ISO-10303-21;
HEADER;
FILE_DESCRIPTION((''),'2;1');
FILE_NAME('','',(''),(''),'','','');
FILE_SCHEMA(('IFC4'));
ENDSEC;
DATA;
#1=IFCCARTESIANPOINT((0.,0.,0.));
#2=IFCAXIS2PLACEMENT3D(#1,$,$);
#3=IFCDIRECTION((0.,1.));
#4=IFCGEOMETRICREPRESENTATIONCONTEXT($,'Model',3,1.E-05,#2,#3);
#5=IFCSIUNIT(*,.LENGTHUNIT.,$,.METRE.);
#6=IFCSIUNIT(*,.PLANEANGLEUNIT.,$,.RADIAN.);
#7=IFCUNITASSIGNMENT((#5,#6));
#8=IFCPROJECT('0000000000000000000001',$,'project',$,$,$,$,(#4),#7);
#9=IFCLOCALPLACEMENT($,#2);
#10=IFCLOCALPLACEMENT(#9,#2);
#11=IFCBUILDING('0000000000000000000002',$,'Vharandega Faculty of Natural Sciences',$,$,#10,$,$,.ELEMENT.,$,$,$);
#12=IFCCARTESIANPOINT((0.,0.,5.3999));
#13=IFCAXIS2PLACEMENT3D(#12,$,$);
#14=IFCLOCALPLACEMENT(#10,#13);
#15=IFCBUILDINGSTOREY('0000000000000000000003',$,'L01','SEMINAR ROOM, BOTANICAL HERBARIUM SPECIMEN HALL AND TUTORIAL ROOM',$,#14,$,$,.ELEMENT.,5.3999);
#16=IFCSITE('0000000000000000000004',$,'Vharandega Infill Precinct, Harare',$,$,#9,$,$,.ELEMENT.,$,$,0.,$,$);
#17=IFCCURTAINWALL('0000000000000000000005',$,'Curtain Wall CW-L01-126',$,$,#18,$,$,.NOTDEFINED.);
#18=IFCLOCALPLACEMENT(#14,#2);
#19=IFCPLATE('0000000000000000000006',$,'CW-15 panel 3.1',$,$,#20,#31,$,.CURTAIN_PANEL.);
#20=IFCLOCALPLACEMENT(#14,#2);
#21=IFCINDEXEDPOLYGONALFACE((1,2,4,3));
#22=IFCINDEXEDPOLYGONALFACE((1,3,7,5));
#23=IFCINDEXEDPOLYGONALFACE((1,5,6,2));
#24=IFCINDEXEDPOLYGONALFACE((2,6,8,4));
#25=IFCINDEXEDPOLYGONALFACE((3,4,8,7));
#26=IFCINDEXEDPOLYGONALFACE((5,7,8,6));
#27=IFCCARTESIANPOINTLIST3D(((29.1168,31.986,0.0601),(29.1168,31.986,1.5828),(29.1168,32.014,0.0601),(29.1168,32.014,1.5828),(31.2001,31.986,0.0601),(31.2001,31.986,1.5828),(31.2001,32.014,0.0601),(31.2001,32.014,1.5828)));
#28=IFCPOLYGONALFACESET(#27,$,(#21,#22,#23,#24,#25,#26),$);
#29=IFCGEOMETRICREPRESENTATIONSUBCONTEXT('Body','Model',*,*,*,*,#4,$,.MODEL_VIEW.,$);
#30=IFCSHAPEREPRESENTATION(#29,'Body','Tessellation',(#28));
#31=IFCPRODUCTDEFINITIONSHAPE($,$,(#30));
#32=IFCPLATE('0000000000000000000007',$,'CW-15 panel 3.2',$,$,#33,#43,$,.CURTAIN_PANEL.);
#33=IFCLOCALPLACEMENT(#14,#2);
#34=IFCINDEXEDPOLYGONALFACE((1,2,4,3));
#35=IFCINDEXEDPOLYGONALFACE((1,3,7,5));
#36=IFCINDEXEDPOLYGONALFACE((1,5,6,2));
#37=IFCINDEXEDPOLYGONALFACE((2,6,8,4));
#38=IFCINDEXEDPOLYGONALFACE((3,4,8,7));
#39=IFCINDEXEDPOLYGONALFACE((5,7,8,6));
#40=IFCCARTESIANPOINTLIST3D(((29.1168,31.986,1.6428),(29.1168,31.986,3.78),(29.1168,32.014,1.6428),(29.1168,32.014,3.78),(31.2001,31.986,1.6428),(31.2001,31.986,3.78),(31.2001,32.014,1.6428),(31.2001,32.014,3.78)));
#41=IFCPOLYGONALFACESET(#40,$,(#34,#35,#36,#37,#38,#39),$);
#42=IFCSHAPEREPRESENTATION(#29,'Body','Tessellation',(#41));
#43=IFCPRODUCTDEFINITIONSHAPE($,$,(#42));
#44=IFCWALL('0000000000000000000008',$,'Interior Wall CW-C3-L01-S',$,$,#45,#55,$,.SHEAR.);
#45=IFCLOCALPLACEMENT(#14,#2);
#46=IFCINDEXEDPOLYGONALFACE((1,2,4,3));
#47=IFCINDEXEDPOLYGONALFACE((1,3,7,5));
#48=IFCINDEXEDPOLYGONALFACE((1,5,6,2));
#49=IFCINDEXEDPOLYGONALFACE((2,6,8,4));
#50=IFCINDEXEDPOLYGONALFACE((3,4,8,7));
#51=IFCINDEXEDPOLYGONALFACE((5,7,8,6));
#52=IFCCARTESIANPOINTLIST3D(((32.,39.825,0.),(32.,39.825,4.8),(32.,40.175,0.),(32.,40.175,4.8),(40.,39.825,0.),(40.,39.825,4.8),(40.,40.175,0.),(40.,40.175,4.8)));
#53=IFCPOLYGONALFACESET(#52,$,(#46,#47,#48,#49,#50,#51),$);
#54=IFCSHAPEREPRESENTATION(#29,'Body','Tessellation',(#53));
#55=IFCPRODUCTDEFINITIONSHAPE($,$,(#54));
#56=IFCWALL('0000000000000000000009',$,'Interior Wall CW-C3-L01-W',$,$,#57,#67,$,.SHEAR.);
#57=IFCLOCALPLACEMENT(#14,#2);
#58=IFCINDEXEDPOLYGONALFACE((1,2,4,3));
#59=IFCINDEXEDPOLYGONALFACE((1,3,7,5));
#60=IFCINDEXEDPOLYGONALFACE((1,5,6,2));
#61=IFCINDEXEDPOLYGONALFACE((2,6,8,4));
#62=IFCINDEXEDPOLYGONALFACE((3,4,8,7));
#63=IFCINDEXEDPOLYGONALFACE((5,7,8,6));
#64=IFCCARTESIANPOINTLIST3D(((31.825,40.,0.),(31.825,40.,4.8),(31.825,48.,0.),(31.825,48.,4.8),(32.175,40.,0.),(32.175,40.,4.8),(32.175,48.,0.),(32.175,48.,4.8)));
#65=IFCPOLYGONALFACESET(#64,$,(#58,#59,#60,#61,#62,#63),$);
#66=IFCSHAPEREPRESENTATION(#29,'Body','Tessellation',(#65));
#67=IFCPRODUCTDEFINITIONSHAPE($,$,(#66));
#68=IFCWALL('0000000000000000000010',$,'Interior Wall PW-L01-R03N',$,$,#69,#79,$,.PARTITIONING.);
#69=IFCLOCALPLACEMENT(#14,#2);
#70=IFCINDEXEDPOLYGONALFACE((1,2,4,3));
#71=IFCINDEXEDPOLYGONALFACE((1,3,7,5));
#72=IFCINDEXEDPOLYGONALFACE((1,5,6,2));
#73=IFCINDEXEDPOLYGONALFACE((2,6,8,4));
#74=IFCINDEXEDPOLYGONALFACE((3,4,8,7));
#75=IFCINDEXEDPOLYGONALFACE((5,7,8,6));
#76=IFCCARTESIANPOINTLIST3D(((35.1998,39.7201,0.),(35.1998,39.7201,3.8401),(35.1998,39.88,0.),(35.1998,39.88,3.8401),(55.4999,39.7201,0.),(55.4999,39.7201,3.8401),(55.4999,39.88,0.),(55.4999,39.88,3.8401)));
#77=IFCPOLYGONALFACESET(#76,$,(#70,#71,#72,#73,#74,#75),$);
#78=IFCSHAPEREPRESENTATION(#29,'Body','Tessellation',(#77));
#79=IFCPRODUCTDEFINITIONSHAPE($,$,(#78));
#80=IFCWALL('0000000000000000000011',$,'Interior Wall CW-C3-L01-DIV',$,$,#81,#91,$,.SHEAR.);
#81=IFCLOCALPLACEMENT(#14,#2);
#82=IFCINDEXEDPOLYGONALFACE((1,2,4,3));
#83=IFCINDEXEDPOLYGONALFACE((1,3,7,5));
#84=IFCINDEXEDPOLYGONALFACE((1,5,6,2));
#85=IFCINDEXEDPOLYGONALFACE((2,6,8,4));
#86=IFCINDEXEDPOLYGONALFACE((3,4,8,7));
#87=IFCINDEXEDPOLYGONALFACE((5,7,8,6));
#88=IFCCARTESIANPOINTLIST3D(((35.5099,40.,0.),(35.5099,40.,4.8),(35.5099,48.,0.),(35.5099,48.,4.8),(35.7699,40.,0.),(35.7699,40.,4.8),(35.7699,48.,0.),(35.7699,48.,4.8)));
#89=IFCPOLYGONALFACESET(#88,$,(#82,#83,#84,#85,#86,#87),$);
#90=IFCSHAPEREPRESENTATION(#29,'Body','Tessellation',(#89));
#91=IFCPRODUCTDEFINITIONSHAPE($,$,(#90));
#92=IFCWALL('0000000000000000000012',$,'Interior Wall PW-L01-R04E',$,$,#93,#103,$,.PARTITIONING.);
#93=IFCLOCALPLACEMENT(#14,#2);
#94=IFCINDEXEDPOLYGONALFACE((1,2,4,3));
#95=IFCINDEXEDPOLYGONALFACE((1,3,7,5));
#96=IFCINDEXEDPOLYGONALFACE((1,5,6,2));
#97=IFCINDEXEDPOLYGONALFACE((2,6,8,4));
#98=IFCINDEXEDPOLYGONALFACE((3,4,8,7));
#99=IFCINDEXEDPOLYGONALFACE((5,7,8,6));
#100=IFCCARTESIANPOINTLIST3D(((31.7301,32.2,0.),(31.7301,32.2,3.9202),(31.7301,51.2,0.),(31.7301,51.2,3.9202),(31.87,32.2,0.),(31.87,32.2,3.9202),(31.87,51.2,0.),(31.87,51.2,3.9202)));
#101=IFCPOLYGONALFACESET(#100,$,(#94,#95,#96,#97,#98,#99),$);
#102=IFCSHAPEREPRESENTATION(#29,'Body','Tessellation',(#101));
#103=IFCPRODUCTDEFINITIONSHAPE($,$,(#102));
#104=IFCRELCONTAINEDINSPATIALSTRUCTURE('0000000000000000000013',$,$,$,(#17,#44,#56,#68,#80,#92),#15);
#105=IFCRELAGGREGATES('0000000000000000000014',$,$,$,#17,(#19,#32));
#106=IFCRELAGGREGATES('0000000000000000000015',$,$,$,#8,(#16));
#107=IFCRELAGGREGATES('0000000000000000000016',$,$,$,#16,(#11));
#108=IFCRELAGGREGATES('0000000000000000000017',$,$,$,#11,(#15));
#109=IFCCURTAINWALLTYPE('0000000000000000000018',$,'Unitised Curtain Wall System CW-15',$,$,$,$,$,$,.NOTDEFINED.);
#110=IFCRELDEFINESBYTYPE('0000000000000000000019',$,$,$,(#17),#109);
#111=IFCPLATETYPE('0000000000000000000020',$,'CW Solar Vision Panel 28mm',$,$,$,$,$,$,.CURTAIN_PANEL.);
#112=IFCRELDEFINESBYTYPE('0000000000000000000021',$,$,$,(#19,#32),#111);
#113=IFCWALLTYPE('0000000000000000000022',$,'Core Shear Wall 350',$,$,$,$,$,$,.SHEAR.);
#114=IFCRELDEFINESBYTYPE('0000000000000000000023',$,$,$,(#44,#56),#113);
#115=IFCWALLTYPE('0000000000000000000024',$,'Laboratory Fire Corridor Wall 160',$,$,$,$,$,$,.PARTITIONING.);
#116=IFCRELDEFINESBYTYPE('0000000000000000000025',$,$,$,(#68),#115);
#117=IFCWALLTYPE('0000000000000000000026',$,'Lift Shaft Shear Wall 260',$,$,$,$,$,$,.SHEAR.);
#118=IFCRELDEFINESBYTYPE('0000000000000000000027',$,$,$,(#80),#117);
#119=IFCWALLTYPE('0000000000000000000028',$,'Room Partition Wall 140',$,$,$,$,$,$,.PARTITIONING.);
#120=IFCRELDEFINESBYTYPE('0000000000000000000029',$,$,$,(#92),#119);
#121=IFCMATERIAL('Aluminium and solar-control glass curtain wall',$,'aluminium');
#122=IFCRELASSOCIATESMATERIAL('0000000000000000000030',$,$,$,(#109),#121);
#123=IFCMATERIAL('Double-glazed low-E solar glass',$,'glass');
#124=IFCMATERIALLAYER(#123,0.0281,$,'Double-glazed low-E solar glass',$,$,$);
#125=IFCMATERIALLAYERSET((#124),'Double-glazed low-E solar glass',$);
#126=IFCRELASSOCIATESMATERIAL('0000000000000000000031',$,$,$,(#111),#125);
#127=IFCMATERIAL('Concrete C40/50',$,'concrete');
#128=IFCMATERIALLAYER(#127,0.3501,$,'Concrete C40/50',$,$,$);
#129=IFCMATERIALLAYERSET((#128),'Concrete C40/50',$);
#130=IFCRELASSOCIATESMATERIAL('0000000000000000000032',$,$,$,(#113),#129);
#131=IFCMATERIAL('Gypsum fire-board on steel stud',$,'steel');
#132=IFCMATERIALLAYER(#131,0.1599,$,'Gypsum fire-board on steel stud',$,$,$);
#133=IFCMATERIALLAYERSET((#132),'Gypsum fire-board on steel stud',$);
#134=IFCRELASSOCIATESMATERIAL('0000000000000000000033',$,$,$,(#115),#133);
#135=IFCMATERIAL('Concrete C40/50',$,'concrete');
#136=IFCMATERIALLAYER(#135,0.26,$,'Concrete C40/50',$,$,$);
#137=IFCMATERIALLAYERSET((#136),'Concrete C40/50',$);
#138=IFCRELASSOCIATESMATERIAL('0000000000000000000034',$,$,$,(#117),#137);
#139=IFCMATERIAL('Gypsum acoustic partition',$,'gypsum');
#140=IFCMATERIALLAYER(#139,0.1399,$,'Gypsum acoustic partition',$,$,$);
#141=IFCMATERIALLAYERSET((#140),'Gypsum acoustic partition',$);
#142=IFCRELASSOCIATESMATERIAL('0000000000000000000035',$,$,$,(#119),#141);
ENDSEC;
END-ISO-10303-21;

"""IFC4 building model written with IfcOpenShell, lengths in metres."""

from ifc_helpers import new_model, si_unit, direction, frame, frame_2d, origin, origin_2d, place, context, subcontext, project, spatial, rectangle, extrude, material, layer, layer_set, type_object, element, aggregate, save


model = new_model("IFC4")

# Units and contexts
model_context = context("Model", 3, precision=1e-05, world=origin(), true_north=direction((0.0, 1.0)))
body_context = subcontext(model_context, "Body", "Model", "MODEL_VIEW")
ifc_project = project(units=[si_unit("LENGTHUNIT", "METRE"), si_unit("PLANEANGLEUNIT", "RADIAN")], contexts=[model_context])

# Site, building, storey
site_placement = place(None, origin())
site = spatial("IfcSite", under=ifc_project, at=site_placement, Name="Vharandega Infill Precinct, Harare", CompositionType="ELEMENT", RefElevation=0.0)
building_placement = place(site_placement, origin())
building = spatial("IfcBuilding", under=site, at=building_placement, Name="Vharandega Faculty of Natural Sciences", CompositionType="ELEMENT")
storey_placement = place(building_placement, frame((0.0, 0.0, 5.3999)))
storey = spatial("IfcBuildingStorey", under=building, at=storey_placement, Name="L01", Description="SEMINAR ROOM, BOTANICAL HERBARIUM SPECIMEN HALL AND TUTORIAL ROOM", CompositionType="ELEMENT", Elevation=5.3999)

# Curtain wall
ifc_material_1 = material(Name="Aluminium and solar-control glass curtain wall", Category="aluminium")
curtain_wall_type = type_object("IfcCurtainWallType", Name="Unitised Curtain Wall System CW-15", PredefinedType="NOTDEFINED", material=ifc_material_1)
curtain_wall_placement = place(storey_placement, origin())
curtain_wall = element("IfcCurtainWall", 1, at=curtain_wall_placement, inside=storey, type_object=curtain_wall_type, Name="Curtain Wall CW-L01-126", PredefinedType="NOTDEFINED")

# Plates
ifc_material_2 = material(Name="Double-glazed low-E solar glass", Category="glass")
ifc_layer_1 = layer(ifc_material_2, 0.0281, Name="Double-glazed low-E solar glass")
ifc_layer_set_1 = layer_set([ifc_layer_1], Name="Double-glazed low-E solar glass")
plate_type = type_object("IfcPlateType", Name="CW Solar Vision Panel 28mm", PredefinedType="CURTAIN_PANEL", material=ifc_layer_set_1)
plate_1_placement = place(storey_placement, frame((30.1584, 32.0, 0.0601), z_axis=(0.0, 0.0, 1.0), x_axis=(1.0, 0.0, 0.0)))
plate_1 = element("IfcPlate", 2, at=plate_1_placement, type_object=plate_type, Name="CW-15 panel 3.1", PredefinedType="CURTAIN_PANEL", context=body_context, shape_type="SweptSolid", body=[
    extrude(rectangle(XDim=2.0833, YDim=0.0281, at=origin_2d()), origin(), (0.0, 0.0, 1.0), 1.5227),
])
plate_2_placement = place(storey_placement, frame((30.1584, 32.0, 1.6428), z_axis=(0.0, 0.0, 1.0), x_axis=(1.0, 0.0, 0.0)))
plate_2 = element("IfcPlate", 3, at=plate_2_placement, type_object=plate_type, Name="CW-15 panel 3.2", PredefinedType="CURTAIN_PANEL", context=body_context, shape_type="SweptSolid", body=[
    extrude(rectangle(XDim=2.0833, YDim=0.0281, at=origin_2d()), origin(), (0.0, 0.0, 1.0), 2.1372),
])
aggregate(curtain_wall, [plate_1, plate_2])

# Walls
ifc_material_3 = material(Name="Concrete C40/50", Category="concrete")
ifc_layer_2 = layer(ifc_material_3, 0.3501, Name="Concrete C40/50")
ifc_layer_set_2 = layer_set([ifc_layer_2], Name="Concrete C40/50")
wall_type_1 = type_object("IfcWallType", Name="Core Shear Wall 350", PredefinedType="SHEAR", material=ifc_layer_set_2)
for number, where, z_axis, x_axis, name in (
    (4, (32.0, 40.0, 0.0), (0.0, 0.0, 1.0), (1.0, 0.0, 0.0), "Interior Wall CW-C3-L01-S"),
    (5, (32.0, 40.0, 0.0), (0.0, 0.0, 1.0), (0.0, 1.0, 0.0), "Interior Wall CW-C3-L01-W"),
):
    element("IfcWall", number, at=place(storey_placement, frame(where, z_axis=z_axis, x_axis=x_axis)), inside=storey, type_object=wall_type_1, Name=name, PredefinedType="SHEAR", context=body_context, shape_type="SweptSolid", body=[
        extrude(rectangle(XDim=8.0, YDim=0.3501, at=frame_2d((4.0, 0.0))), origin(), (0.0, 0.0, 1.0), 4.8),
    ])
ifc_material_4 = material(Name="Gypsum fire-board on steel stud", Category="steel")
ifc_layer_3 = layer(ifc_material_4, 0.1599, Name="Gypsum fire-board on steel stud")
ifc_layer_set_3 = layer_set([ifc_layer_3], Name="Gypsum fire-board on steel stud")
wall_type_2 = type_object("IfcWallType", Name="Laboratory Fire Corridor Wall 160", PredefinedType="PARTITIONING", material=ifc_layer_set_3)
wall_1_placement = place(storey_placement, frame((35.2, 39.8, 0.0), z_axis=(0.0, 0.0, 1.0), x_axis=(1.0, 0.0, 0.0)))
element("IfcWall", 6, at=wall_1_placement, inside=storey, type_object=wall_type_2, Name="Interior Wall PW-L01-R03N", PredefinedType="PARTITIONING", context=body_context, shape_type="SweptSolid", body=[
    extrude(rectangle(XDim=20.3, YDim=0.1599, at=frame_2d((10.1499, 0.0))), origin(), (0.0, 0.0, 1.0), 3.8401),
])
ifc_material_5 = material(Name="Concrete C40/50", Category="concrete")
ifc_layer_4 = layer(ifc_material_5, 0.26, Name="Concrete C40/50")
ifc_layer_set_4 = layer_set([ifc_layer_4], Name="Concrete C40/50")
wall_type_3 = type_object("IfcWallType", Name="Lift Shaft Shear Wall 260", PredefinedType="SHEAR", material=ifc_layer_set_4)
wall_2_placement = place(storey_placement, frame((35.6399, 40.0, 0.0), z_axis=(0.0, 0.0, 1.0), x_axis=(0.0, 1.0, 0.0)))
element("IfcWall", 7, at=wall_2_placement, inside=storey, type_object=wall_type_3, Name="Interior Wall CW-C3-L01-DIV", PredefinedType="SHEAR", context=body_context, shape_type="SweptSolid", body=[
    extrude(rectangle(XDim=8.0, YDim=0.26, at=frame_2d((4.0, 0.0))), origin(), (0.0, 0.0, 1.0), 4.8),
])
ifc_material_6 = material(Name="Gypsum acoustic partition", Category="gypsum")
ifc_layer_5 = layer(ifc_material_6, 0.1399, Name="Gypsum acoustic partition")
ifc_layer_set_5 = layer_set([ifc_layer_5], Name="Gypsum acoustic partition")
wall_type_4 = type_object("IfcWallType", Name="Room Partition Wall 140", PredefinedType="PARTITIONING", material=ifc_layer_set_5)
wall_3_placement = place(storey_placement, frame((31.8, 32.2, 0.0), z_axis=(0.0, 0.0, 1.0), x_axis=(0.0, 1.0, 0.0)))
element("IfcWall", 8, at=wall_3_placement, inside=storey, type_object=wall_type_4, Name="Interior Wall PW-L01-R04E", PredefinedType="PARTITIONING", context=body_context, shape_type="SweptSolid", body=[
    extrude(rectangle(XDim=19.0, YDim=0.1399, at=frame_2d((9.5, 0.0))), origin(), (0.0, 0.0, 1.0), 3.9202),
])

save(model, "model.ifc")
